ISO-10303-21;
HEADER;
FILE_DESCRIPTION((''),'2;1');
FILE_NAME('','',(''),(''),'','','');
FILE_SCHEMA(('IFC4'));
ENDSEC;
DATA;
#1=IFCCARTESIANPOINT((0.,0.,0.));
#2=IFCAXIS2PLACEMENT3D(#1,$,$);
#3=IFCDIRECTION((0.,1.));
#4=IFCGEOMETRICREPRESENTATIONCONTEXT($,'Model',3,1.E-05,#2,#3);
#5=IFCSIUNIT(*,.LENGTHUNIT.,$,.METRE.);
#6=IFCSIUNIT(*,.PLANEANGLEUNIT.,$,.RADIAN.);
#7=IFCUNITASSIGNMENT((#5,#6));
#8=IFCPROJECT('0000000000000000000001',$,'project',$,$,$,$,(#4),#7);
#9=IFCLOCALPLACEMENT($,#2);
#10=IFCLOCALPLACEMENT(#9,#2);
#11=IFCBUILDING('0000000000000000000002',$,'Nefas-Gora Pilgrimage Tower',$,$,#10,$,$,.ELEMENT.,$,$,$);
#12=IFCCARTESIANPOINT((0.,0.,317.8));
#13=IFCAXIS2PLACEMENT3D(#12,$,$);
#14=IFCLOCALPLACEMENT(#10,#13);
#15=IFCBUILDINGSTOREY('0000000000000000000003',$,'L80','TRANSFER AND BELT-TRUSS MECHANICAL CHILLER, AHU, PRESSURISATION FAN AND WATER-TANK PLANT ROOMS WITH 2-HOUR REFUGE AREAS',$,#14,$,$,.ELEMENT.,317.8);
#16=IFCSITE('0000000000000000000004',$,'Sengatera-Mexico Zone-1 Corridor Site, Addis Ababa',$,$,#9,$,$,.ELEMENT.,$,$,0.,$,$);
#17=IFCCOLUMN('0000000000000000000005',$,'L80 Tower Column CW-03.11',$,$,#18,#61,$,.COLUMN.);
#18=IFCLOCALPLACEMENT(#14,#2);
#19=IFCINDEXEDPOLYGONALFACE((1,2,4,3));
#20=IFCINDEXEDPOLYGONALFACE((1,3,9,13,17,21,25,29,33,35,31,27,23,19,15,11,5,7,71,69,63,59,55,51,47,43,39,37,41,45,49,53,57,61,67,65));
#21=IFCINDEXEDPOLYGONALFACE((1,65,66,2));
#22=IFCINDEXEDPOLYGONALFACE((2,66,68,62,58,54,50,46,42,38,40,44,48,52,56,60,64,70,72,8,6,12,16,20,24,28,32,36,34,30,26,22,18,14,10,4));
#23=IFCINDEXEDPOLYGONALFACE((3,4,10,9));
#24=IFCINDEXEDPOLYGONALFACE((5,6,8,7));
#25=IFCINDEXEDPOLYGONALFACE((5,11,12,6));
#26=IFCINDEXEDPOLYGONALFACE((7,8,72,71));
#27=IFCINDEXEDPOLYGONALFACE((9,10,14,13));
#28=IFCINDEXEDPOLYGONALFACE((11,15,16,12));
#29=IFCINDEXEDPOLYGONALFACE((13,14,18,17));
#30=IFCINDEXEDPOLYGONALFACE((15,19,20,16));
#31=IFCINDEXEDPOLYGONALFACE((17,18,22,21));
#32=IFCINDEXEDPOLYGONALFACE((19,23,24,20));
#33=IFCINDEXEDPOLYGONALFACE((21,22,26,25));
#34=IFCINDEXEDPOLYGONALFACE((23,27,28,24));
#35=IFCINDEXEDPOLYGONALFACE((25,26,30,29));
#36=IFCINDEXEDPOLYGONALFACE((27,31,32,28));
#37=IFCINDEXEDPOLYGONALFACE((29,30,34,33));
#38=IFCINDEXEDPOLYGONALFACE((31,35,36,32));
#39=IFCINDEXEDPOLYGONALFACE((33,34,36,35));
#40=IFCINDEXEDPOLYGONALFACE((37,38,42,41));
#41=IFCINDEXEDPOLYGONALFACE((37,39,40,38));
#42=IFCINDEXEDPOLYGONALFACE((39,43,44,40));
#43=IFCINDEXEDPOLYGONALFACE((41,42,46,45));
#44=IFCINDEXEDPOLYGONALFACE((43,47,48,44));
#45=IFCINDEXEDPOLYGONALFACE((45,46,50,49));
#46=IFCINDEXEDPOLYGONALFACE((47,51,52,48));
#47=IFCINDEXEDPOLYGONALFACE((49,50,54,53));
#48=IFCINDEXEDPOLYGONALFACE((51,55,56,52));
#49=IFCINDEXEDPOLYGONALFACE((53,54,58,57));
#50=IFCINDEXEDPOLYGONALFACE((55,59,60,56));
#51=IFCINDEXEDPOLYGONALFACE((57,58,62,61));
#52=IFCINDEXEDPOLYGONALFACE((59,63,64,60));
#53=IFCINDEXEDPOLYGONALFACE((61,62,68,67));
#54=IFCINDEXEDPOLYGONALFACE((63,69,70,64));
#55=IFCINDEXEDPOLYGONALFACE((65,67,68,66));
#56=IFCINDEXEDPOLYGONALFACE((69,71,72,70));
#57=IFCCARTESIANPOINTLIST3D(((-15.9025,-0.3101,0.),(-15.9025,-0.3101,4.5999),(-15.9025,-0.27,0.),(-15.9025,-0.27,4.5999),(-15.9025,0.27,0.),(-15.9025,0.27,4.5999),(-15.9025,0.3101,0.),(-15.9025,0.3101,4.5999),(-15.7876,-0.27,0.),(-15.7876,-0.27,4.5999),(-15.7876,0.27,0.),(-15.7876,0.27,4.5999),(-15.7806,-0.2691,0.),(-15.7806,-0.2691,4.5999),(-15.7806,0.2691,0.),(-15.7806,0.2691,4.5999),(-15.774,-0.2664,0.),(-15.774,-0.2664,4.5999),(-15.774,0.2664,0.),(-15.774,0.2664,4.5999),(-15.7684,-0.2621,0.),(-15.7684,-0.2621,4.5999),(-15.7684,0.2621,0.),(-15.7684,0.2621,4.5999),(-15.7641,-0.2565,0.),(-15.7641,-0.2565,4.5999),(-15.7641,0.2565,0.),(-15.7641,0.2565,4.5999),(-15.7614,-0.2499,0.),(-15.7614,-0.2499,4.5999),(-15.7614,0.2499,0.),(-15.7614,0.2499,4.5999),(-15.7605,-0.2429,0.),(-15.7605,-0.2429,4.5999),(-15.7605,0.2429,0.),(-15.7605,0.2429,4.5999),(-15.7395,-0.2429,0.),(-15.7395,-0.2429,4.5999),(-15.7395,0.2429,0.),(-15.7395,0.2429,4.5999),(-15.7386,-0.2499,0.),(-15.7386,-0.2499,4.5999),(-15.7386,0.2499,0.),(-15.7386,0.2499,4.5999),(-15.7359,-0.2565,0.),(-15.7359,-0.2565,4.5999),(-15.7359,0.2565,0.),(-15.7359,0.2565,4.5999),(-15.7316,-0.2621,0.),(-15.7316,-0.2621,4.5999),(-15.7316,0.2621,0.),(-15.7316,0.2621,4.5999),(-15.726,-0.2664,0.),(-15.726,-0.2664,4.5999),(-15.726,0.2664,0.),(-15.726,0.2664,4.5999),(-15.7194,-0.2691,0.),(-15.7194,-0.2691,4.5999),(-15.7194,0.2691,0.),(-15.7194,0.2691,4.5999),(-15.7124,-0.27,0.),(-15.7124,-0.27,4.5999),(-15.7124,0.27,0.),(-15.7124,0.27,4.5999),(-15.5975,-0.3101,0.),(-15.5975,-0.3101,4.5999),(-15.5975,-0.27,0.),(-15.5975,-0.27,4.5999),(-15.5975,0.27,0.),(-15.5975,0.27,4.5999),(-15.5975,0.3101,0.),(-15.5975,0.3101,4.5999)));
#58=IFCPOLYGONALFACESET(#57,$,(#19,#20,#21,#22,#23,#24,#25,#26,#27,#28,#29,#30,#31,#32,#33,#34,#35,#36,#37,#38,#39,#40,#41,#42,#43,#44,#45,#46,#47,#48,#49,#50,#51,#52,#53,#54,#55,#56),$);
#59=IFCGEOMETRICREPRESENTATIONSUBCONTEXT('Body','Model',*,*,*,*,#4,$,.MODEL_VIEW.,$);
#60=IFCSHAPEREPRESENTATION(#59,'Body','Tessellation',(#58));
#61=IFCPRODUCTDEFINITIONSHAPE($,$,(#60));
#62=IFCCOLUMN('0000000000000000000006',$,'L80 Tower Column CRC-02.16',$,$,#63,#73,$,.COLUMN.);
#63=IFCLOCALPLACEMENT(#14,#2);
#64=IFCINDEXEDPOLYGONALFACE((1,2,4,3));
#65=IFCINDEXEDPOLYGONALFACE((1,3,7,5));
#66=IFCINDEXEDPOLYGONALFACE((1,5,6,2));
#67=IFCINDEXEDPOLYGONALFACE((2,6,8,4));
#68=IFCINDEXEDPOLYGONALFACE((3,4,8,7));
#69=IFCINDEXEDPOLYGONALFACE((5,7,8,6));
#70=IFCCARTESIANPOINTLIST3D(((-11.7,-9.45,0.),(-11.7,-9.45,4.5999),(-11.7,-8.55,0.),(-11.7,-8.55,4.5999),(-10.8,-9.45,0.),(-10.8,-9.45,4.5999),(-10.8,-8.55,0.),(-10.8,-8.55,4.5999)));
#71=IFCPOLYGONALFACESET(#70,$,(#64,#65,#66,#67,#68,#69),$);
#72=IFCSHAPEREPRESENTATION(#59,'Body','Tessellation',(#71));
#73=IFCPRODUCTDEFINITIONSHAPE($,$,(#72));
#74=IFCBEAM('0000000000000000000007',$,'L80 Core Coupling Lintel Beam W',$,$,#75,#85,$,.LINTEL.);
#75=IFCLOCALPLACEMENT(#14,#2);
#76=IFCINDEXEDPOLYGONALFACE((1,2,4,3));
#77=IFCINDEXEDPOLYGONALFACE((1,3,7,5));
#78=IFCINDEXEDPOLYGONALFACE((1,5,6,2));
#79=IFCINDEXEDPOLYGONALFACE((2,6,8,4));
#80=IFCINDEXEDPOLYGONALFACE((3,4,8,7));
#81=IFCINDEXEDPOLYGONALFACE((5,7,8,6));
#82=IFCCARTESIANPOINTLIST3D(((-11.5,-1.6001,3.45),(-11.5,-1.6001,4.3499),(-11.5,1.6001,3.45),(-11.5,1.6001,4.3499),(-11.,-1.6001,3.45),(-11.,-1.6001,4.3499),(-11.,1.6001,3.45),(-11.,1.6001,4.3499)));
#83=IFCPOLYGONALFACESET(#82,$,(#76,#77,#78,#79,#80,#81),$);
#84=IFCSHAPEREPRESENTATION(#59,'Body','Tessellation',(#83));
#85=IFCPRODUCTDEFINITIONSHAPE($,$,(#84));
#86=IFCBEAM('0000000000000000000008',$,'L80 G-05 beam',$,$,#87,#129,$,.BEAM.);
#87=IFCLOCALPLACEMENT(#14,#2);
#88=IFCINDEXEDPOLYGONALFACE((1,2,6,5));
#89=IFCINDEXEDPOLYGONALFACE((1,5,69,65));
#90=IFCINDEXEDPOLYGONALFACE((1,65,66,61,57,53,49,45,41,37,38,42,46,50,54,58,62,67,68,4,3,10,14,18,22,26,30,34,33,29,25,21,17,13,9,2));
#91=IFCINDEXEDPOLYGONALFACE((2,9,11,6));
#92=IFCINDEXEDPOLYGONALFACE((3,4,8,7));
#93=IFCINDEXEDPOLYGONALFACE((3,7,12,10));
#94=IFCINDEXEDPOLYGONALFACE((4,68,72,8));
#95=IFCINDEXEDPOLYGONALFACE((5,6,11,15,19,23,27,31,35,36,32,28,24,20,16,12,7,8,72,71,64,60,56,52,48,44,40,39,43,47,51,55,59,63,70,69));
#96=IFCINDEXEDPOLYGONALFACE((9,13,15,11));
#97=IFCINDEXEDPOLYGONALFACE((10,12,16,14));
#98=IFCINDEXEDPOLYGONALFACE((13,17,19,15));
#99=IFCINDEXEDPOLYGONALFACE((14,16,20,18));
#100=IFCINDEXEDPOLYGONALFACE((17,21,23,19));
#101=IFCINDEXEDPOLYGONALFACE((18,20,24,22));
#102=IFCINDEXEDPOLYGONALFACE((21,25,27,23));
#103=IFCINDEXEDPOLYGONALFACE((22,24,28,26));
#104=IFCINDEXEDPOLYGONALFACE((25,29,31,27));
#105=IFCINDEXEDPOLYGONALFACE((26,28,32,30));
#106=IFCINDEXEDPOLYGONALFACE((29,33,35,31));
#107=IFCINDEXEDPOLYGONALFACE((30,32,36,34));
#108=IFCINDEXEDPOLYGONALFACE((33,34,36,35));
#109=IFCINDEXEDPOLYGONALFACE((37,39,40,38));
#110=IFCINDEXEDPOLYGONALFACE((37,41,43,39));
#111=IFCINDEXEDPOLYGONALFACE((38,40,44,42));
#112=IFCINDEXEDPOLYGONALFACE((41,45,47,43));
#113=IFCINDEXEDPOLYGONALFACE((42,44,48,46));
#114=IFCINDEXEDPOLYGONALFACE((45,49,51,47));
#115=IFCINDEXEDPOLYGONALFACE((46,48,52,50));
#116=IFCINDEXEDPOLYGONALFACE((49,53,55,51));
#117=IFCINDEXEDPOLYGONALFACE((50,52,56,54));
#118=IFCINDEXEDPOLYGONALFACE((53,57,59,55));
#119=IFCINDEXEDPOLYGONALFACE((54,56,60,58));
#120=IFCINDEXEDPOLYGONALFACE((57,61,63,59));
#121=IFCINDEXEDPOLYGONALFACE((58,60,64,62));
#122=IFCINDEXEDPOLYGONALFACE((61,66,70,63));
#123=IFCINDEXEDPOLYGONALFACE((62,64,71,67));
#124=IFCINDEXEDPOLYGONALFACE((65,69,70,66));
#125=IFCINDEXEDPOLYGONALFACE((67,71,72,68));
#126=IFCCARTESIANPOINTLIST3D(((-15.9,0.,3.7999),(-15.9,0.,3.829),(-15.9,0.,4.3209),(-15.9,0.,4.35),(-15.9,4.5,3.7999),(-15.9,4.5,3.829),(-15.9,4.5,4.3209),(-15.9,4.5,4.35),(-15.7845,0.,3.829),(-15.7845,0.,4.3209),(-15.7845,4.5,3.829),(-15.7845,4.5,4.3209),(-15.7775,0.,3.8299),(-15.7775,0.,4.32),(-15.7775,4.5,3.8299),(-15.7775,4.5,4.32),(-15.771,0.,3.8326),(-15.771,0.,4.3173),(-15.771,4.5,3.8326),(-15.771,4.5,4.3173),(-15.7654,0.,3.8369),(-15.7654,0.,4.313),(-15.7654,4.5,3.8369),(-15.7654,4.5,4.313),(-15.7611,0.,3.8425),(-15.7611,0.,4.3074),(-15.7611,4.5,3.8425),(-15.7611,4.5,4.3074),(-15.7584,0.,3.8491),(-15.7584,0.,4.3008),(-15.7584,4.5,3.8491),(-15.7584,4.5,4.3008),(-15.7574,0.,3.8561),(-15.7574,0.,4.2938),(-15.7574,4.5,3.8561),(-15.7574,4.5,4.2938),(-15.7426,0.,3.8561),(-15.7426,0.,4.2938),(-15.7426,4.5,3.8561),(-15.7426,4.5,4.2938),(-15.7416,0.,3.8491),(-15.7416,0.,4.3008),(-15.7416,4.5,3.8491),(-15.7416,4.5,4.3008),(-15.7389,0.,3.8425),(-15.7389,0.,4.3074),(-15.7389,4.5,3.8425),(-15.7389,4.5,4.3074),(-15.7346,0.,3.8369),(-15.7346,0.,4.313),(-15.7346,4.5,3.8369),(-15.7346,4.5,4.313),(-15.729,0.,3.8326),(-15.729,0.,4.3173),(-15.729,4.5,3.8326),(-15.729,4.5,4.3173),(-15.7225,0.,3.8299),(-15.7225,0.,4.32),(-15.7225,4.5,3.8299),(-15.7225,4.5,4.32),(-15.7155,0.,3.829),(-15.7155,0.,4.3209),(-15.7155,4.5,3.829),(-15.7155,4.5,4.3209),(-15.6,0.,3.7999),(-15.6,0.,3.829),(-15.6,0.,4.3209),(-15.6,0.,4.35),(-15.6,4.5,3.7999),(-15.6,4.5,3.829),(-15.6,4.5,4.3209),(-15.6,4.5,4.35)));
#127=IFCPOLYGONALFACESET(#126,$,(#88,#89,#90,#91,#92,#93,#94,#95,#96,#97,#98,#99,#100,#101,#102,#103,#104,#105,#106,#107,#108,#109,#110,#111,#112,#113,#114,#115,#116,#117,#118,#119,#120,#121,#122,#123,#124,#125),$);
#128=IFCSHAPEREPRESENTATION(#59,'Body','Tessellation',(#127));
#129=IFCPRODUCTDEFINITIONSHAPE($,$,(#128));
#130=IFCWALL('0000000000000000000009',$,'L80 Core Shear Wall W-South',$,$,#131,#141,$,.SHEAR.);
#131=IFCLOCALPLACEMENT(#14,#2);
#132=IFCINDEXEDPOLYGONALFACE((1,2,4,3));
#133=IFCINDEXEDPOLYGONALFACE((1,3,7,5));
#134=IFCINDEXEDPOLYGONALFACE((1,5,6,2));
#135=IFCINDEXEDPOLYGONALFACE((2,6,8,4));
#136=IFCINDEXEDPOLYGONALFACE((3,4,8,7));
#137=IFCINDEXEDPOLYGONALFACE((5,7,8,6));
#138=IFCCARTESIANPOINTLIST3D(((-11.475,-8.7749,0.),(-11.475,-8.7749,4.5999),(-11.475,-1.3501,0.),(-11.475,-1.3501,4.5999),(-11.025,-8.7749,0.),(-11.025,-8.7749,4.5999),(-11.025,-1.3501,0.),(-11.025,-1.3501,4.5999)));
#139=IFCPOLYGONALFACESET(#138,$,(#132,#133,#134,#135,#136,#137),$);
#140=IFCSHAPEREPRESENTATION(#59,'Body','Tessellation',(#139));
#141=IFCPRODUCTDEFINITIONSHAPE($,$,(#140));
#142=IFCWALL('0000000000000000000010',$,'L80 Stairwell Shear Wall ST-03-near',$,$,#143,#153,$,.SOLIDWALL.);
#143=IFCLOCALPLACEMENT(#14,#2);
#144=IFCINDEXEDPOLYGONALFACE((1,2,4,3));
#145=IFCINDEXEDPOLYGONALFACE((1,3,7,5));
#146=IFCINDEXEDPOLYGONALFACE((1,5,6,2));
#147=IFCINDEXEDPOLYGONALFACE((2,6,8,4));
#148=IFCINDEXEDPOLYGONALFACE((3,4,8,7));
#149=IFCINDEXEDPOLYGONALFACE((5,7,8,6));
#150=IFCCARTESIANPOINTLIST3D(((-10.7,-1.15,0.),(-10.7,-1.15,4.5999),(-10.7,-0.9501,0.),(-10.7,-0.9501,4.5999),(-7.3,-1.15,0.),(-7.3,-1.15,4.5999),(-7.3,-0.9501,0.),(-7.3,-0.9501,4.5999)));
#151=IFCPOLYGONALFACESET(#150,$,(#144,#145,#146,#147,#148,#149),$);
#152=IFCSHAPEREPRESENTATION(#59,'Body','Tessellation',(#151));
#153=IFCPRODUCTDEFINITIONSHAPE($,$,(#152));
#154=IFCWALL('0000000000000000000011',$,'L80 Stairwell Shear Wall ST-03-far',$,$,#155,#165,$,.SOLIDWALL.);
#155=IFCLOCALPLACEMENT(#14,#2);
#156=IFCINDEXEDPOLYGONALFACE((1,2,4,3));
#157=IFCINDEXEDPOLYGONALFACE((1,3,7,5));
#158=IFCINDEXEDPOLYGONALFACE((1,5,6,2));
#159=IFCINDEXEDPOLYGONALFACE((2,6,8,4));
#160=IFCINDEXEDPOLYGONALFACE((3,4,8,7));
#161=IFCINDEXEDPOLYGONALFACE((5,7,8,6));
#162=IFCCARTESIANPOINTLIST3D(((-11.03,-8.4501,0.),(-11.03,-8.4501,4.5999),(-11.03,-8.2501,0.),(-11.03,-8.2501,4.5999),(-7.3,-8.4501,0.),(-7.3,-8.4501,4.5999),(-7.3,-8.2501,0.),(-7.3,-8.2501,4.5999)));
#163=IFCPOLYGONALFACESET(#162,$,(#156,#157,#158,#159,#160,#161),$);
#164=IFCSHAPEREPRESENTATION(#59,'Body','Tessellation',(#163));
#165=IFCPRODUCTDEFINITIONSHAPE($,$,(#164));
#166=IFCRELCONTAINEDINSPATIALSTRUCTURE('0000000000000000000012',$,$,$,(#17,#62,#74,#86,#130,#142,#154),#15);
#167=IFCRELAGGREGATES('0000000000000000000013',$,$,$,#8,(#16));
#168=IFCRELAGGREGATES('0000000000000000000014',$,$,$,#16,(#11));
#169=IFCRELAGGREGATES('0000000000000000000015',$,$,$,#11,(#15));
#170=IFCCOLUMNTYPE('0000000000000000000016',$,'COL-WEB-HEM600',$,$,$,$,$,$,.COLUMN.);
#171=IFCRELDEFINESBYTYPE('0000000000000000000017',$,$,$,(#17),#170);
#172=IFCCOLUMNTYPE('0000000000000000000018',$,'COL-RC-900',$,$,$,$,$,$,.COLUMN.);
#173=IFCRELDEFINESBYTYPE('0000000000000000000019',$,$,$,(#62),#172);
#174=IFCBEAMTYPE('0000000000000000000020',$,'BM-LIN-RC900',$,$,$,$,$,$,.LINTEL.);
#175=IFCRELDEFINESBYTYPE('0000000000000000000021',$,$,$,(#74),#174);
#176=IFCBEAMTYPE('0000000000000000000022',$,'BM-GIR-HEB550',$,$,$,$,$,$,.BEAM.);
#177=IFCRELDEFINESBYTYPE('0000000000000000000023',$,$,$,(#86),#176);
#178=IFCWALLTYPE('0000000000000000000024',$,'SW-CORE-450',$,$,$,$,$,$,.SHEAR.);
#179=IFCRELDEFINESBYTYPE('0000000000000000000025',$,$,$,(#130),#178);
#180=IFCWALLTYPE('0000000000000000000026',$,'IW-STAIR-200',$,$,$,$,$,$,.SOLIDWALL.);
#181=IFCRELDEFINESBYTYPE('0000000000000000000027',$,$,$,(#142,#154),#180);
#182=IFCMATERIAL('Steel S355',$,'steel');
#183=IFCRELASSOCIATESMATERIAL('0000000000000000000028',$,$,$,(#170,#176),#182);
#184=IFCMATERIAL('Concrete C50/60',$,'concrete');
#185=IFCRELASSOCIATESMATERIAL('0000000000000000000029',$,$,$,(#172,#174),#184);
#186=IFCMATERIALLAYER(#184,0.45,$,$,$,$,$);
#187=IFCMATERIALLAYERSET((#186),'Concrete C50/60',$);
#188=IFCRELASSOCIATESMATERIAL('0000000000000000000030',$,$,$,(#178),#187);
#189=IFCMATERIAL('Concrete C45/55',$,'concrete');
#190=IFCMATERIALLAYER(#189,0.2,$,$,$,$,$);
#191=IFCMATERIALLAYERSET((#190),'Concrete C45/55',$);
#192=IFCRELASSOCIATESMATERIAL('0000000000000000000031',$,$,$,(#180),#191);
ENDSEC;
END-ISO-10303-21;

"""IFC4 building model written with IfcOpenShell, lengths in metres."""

from ifc_helpers import new_model, si_unit, direction, frame, frame_2d, origin, origin_2d, place, context, subcontext, project, spatial, rectangle, i_section, extrude, source, transform, mapped, material, layer, layer_set, material_profile, profile_set, type_object, element, save


model = new_model("IFC4")

# Units and contexts
model_context = context("Model", 3, precision=1e-05, world=origin(), true_north=direction((0.0, 1.0)))
body_context = subcontext(model_context, "Body", "Model", "MODEL_VIEW")
ifc_project = project(units=[si_unit("LENGTHUNIT", "METRE"), si_unit("PLANEANGLEUNIT", "RADIAN")], contexts=[model_context])

# Site, building, storey
site_placement = place(None, origin())
site = spatial("IfcSite", under=ifc_project, at=site_placement, Name="Sengatera-Mexico Zone-1 Corridor Site, Addis Ababa", CompositionType="ELEMENT", RefElevation=0.0)
building_placement = place(site_placement, origin())
building = spatial("IfcBuilding", under=site, at=building_placement, Name="Nefas-Gora Pilgrimage Tower", CompositionType="ELEMENT")
storey_placement = place(building_placement, frame((0.0, 0.0, 317.8)))
storey = spatial("IfcBuildingStorey", under=building, at=storey_placement, Name="L80", Description="TRANSFER AND BELT-TRUSS MECHANICAL CHILLER, AHU, PRESSURISATION FAN AND WATER-TANK PLANT ROOMS WITH 2-HOUR REFUGE AREAS", CompositionType="ELEMENT", Elevation=317.8)

# Columns
ifc_material_1 = material(Name="Steel S355", Category="steel")
ifc_material_profile_1 = material_profile(ifc_material_1, i_section(OverallWidth=0.3049, OverallDepth=0.6201, WebThickness=0.021, FlangeThickness=0.04, FilletRadius=0.0271, at=origin_2d()), Name="HEM 600")
ifc_profile_set_1 = profile_set([ifc_material_profile_1], Name="Steel S355")
column_type_1 = type_object("IfcColumnType", Name="COL-WEB-HEM600", PredefinedType="COLUMN", material=ifc_profile_set_1)
shared_shape_1 = source(origin(), body_context, "Body", "SweptSolid", [
    extrude(i_section(OverallWidth=0.3049, OverallDepth=0.6201, WebThickness=0.021, FlangeThickness=0.04, FilletRadius=0.0271, at=origin_2d()), origin(), (0.0, 0.0, 1.0), 4.5999),
])
column_1_placement = place(storey_placement, frame((-15.75, 0.0, 0.0), z_axis=(0.0, 0.0, 1.0), x_axis=(1.0, 0.0, 0.0)))
element("IfcColumn", 1, at=column_1_placement, inside=storey, type_object=column_type_1, Name="L80 Tower Column CW-03.11", PredefinedType="COLUMN", context=body_context, shape_type="MappedRepresentation", body=[
    mapped(shared_shape_1, transform((0.0, 0.0, 0.0), x_axis=(1.0, 0.0, 0.0), y_axis=(0.0, 1.0, 0.0), z_axis=(0.0, 0.0, 1.0), scale=1.0)),
])
ifc_material_2 = material(Name="Concrete C50/60", Category="concrete")
ifc_material_profile_2 = material_profile(ifc_material_2, rectangle(XDim=0.8999, YDim=0.8999, at=origin_2d()), Name="RC 900x900")
ifc_profile_set_2 = profile_set([ifc_material_profile_2], Name="Concrete C50/60")
column_type_2 = type_object("IfcColumnType", Name="COL-RC-900", PredefinedType="COLUMN", material=ifc_profile_set_2)
shared_shape_2 = source(origin(), body_context, "Body", "SweptSolid", [
    extrude(rectangle(XDim=0.8999, YDim=0.8999, at=origin_2d()), origin(), (0.0, 0.0, 1.0), 4.5999),
])
column_2_placement = place(storey_placement, frame((-11.25, -9.0, 0.0), z_axis=(0.0, 0.0, 1.0), x_axis=(1.0, 0.0, 0.0)))
element("IfcColumn", 2, at=column_2_placement, inside=storey, type_object=column_type_2, Name="L80 Tower Column CRC-02.16", PredefinedType="COLUMN", context=body_context, shape_type="MappedRepresentation", body=[
    mapped(shared_shape_2, transform((0.0, 0.0, 0.0), x_axis=(1.0, 0.0, 0.0), y_axis=(0.0, 1.0, 0.0), z_axis=(0.0, 0.0, 1.0), scale=1.0)),
])

# Beams
ifc_material_profile_3 = material_profile(ifc_material_2, rectangle(XDim=0.5, YDim=0.8999, at=origin_2d()), Name="RC 500x900")
ifc_profile_set_3 = profile_set([ifc_material_profile_3], Name="Concrete C50/60")
beam_type_1 = type_object("IfcBeamType", Name="BM-LIN-RC900", PredefinedType="LINTEL", material=ifc_profile_set_3)
shared_shape_3 = source(origin(), body_context, "Body", "SweptSolid", [
    extrude(rectangle(XDim=0.5, YDim=0.8999, at=origin_2d()), origin(), (0.0, 0.0, 1.0), 3.2002),
])
beam_1_placement = place(storey_placement, frame((-11.25, -1.6001, 3.8999), z_axis=(0.0, 1.0, 0.0), x_axis=(-1.0, 0.0, 0.0)))
element("IfcBeam", 3, at=beam_1_placement, inside=storey, type_object=beam_type_1, Name="L80 Core Coupling Lintel Beam W", PredefinedType="LINTEL", context=body_context, shape_type="MappedRepresentation", body=[
    mapped(shared_shape_3, transform((0.0, 0.0, 0.0), x_axis=(1.0, 0.0, 0.0), y_axis=(0.0, 1.0, 0.0), z_axis=(0.0, 0.0, 1.0), scale=1.0)),
])
ifc_material_profile_4 = material_profile(ifc_material_1, i_section(OverallWidth=0.3, OverallDepth=0.55, WebThickness=0.0149, FlangeThickness=0.0291, FilletRadius=0.0271, at=origin_2d()), Name="HEB 550")
ifc_profile_set_4 = profile_set([ifc_material_profile_4], Name="Steel S355")
beam_type_2 = type_object("IfcBeamType", Name="BM-GIR-HEB550", PredefinedType="BEAM", material=ifc_profile_set_4)
shared_shape_4 = source(origin(), body_context, "Body", "SweptSolid", [
    extrude(i_section(OverallWidth=0.3, OverallDepth=0.55, WebThickness=0.0149, FlangeThickness=0.0291, FilletRadius=0.0271, at=origin_2d()), origin(), (0.0, 0.0, 1.0), 4.5),
])
beam_2_placement = place(storey_placement, frame((-15.75, 0.0, 4.075), z_axis=(0.0, 1.0, 0.0), x_axis=(-1.0, 0.0, 0.0)))
element("IfcBeam", 4, at=beam_2_placement, inside=storey, type_object=beam_type_2, Name="L80 G-05 beam", PredefinedType="BEAM", context=body_context, shape_type="MappedRepresentation", body=[
    mapped(shared_shape_4, transform((0.0, 0.0, 0.0), x_axis=(1.0, 0.0, 0.0), y_axis=(0.0, 1.0, 0.0), z_axis=(0.0, 0.0, 1.0), scale=1.0)),
])

# Walls
ifc_layer_1 = layer(ifc_material_2, 0.45)
ifc_layer_set_1 = layer_set([ifc_layer_1], Name="Concrete C50/60")
wall_type_1 = type_object("IfcWallType", Name="SW-CORE-450", PredefinedType="SHEAR", material=ifc_layer_set_1)
shared_shape_5 = source(origin(), body_context, "Body", "SweptSolid", [
    extrude(rectangle(XDim=7.4248, YDim=0.45, at=frame_2d((3.7124, 0.0))), origin(), (0.0, 0.0, 1.0), 4.5999),
])
wall_1_placement = place(storey_placement, frame((-11.25, -8.7749, 0.0), z_axis=(0.0, 0.0, 1.0), x_axis=(0.0, 1.0, 0.0)))
element("IfcWall", 5, at=wall_1_placement, inside=storey, type_object=wall_type_1, Name="L80 Core Shear Wall W-South", PredefinedType="SHEAR", context=body_context, shape_type="MappedRepresentation", body=[
    mapped(shared_shape_5, transform((0.0, 0.0, 0.0), x_axis=(1.0, 0.0, 0.0), y_axis=(0.0, 1.0, 0.0), z_axis=(0.0, 0.0, 1.0), scale=1.0)),
])
ifc_material_3 = material(Name="Concrete C45/55", Category="concrete")
ifc_layer_2 = layer(ifc_material_3, 0.2)
ifc_layer_set_2 = layer_set([ifc_layer_2], Name="Concrete C45/55")
wall_type_2 = type_object("IfcWallType", Name="IW-STAIR-200", PredefinedType="SOLIDWALL", material=ifc_layer_set_2)
shared_shape_6 = source(origin(), body_context, "Body", "SweptSolid", [
    extrude(rectangle(XDim=3.3999, YDim=0.2, at=frame_2d((1.7, 0.0))), origin(), (0.0, 0.0, 1.0), 4.5999),
])
wall_2_placement = place(storey_placement, frame((-10.7, -1.05, 0.0), z_axis=(0.0, 0.0, 1.0), x_axis=(1.0, 0.0, 0.0)))
element("IfcWall", 6, at=wall_2_placement, inside=storey, type_object=wall_type_2, Name="L80 Stairwell Shear Wall ST-03-near", PredefinedType="SOLIDWALL", context=body_context, shape_type="MappedRepresentation", body=[
    mapped(shared_shape_6, transform((0.0, 0.0, 0.0), x_axis=(1.0, 0.0, 0.0), y_axis=(0.0, 1.0, 0.0), z_axis=(0.0, 0.0, 1.0), scale=1.0)),
])
shared_shape_7 = source(origin(), body_context, "Body", "SweptSolid", [
    extrude(rectangle(XDim=3.73, YDim=0.2, at=frame_2d((1.865, 0.0))), origin(), (0.0, 0.0, 1.0), 4.5999),
])
wall_3_placement = place(storey_placement, frame((-11.03, -8.3501, 0.0), z_axis=(0.0, 0.0, 1.0), x_axis=(1.0, 0.0, 0.0)))
element("IfcWall", 7, at=wall_3_placement, inside=storey, type_object=wall_type_2, Name="L80 Stairwell Shear Wall ST-03-far", PredefinedType="SOLIDWALL", context=body_context, shape_type="MappedRepresentation", body=[
    mapped(shared_shape_7, transform((0.0, 0.0, 0.0), x_axis=(1.0, 0.0, 0.0), y_axis=(0.0, 1.0, 0.0), z_axis=(0.0, 0.0, 1.0), scale=1.0)),
])

save(model, "model.ifc")
